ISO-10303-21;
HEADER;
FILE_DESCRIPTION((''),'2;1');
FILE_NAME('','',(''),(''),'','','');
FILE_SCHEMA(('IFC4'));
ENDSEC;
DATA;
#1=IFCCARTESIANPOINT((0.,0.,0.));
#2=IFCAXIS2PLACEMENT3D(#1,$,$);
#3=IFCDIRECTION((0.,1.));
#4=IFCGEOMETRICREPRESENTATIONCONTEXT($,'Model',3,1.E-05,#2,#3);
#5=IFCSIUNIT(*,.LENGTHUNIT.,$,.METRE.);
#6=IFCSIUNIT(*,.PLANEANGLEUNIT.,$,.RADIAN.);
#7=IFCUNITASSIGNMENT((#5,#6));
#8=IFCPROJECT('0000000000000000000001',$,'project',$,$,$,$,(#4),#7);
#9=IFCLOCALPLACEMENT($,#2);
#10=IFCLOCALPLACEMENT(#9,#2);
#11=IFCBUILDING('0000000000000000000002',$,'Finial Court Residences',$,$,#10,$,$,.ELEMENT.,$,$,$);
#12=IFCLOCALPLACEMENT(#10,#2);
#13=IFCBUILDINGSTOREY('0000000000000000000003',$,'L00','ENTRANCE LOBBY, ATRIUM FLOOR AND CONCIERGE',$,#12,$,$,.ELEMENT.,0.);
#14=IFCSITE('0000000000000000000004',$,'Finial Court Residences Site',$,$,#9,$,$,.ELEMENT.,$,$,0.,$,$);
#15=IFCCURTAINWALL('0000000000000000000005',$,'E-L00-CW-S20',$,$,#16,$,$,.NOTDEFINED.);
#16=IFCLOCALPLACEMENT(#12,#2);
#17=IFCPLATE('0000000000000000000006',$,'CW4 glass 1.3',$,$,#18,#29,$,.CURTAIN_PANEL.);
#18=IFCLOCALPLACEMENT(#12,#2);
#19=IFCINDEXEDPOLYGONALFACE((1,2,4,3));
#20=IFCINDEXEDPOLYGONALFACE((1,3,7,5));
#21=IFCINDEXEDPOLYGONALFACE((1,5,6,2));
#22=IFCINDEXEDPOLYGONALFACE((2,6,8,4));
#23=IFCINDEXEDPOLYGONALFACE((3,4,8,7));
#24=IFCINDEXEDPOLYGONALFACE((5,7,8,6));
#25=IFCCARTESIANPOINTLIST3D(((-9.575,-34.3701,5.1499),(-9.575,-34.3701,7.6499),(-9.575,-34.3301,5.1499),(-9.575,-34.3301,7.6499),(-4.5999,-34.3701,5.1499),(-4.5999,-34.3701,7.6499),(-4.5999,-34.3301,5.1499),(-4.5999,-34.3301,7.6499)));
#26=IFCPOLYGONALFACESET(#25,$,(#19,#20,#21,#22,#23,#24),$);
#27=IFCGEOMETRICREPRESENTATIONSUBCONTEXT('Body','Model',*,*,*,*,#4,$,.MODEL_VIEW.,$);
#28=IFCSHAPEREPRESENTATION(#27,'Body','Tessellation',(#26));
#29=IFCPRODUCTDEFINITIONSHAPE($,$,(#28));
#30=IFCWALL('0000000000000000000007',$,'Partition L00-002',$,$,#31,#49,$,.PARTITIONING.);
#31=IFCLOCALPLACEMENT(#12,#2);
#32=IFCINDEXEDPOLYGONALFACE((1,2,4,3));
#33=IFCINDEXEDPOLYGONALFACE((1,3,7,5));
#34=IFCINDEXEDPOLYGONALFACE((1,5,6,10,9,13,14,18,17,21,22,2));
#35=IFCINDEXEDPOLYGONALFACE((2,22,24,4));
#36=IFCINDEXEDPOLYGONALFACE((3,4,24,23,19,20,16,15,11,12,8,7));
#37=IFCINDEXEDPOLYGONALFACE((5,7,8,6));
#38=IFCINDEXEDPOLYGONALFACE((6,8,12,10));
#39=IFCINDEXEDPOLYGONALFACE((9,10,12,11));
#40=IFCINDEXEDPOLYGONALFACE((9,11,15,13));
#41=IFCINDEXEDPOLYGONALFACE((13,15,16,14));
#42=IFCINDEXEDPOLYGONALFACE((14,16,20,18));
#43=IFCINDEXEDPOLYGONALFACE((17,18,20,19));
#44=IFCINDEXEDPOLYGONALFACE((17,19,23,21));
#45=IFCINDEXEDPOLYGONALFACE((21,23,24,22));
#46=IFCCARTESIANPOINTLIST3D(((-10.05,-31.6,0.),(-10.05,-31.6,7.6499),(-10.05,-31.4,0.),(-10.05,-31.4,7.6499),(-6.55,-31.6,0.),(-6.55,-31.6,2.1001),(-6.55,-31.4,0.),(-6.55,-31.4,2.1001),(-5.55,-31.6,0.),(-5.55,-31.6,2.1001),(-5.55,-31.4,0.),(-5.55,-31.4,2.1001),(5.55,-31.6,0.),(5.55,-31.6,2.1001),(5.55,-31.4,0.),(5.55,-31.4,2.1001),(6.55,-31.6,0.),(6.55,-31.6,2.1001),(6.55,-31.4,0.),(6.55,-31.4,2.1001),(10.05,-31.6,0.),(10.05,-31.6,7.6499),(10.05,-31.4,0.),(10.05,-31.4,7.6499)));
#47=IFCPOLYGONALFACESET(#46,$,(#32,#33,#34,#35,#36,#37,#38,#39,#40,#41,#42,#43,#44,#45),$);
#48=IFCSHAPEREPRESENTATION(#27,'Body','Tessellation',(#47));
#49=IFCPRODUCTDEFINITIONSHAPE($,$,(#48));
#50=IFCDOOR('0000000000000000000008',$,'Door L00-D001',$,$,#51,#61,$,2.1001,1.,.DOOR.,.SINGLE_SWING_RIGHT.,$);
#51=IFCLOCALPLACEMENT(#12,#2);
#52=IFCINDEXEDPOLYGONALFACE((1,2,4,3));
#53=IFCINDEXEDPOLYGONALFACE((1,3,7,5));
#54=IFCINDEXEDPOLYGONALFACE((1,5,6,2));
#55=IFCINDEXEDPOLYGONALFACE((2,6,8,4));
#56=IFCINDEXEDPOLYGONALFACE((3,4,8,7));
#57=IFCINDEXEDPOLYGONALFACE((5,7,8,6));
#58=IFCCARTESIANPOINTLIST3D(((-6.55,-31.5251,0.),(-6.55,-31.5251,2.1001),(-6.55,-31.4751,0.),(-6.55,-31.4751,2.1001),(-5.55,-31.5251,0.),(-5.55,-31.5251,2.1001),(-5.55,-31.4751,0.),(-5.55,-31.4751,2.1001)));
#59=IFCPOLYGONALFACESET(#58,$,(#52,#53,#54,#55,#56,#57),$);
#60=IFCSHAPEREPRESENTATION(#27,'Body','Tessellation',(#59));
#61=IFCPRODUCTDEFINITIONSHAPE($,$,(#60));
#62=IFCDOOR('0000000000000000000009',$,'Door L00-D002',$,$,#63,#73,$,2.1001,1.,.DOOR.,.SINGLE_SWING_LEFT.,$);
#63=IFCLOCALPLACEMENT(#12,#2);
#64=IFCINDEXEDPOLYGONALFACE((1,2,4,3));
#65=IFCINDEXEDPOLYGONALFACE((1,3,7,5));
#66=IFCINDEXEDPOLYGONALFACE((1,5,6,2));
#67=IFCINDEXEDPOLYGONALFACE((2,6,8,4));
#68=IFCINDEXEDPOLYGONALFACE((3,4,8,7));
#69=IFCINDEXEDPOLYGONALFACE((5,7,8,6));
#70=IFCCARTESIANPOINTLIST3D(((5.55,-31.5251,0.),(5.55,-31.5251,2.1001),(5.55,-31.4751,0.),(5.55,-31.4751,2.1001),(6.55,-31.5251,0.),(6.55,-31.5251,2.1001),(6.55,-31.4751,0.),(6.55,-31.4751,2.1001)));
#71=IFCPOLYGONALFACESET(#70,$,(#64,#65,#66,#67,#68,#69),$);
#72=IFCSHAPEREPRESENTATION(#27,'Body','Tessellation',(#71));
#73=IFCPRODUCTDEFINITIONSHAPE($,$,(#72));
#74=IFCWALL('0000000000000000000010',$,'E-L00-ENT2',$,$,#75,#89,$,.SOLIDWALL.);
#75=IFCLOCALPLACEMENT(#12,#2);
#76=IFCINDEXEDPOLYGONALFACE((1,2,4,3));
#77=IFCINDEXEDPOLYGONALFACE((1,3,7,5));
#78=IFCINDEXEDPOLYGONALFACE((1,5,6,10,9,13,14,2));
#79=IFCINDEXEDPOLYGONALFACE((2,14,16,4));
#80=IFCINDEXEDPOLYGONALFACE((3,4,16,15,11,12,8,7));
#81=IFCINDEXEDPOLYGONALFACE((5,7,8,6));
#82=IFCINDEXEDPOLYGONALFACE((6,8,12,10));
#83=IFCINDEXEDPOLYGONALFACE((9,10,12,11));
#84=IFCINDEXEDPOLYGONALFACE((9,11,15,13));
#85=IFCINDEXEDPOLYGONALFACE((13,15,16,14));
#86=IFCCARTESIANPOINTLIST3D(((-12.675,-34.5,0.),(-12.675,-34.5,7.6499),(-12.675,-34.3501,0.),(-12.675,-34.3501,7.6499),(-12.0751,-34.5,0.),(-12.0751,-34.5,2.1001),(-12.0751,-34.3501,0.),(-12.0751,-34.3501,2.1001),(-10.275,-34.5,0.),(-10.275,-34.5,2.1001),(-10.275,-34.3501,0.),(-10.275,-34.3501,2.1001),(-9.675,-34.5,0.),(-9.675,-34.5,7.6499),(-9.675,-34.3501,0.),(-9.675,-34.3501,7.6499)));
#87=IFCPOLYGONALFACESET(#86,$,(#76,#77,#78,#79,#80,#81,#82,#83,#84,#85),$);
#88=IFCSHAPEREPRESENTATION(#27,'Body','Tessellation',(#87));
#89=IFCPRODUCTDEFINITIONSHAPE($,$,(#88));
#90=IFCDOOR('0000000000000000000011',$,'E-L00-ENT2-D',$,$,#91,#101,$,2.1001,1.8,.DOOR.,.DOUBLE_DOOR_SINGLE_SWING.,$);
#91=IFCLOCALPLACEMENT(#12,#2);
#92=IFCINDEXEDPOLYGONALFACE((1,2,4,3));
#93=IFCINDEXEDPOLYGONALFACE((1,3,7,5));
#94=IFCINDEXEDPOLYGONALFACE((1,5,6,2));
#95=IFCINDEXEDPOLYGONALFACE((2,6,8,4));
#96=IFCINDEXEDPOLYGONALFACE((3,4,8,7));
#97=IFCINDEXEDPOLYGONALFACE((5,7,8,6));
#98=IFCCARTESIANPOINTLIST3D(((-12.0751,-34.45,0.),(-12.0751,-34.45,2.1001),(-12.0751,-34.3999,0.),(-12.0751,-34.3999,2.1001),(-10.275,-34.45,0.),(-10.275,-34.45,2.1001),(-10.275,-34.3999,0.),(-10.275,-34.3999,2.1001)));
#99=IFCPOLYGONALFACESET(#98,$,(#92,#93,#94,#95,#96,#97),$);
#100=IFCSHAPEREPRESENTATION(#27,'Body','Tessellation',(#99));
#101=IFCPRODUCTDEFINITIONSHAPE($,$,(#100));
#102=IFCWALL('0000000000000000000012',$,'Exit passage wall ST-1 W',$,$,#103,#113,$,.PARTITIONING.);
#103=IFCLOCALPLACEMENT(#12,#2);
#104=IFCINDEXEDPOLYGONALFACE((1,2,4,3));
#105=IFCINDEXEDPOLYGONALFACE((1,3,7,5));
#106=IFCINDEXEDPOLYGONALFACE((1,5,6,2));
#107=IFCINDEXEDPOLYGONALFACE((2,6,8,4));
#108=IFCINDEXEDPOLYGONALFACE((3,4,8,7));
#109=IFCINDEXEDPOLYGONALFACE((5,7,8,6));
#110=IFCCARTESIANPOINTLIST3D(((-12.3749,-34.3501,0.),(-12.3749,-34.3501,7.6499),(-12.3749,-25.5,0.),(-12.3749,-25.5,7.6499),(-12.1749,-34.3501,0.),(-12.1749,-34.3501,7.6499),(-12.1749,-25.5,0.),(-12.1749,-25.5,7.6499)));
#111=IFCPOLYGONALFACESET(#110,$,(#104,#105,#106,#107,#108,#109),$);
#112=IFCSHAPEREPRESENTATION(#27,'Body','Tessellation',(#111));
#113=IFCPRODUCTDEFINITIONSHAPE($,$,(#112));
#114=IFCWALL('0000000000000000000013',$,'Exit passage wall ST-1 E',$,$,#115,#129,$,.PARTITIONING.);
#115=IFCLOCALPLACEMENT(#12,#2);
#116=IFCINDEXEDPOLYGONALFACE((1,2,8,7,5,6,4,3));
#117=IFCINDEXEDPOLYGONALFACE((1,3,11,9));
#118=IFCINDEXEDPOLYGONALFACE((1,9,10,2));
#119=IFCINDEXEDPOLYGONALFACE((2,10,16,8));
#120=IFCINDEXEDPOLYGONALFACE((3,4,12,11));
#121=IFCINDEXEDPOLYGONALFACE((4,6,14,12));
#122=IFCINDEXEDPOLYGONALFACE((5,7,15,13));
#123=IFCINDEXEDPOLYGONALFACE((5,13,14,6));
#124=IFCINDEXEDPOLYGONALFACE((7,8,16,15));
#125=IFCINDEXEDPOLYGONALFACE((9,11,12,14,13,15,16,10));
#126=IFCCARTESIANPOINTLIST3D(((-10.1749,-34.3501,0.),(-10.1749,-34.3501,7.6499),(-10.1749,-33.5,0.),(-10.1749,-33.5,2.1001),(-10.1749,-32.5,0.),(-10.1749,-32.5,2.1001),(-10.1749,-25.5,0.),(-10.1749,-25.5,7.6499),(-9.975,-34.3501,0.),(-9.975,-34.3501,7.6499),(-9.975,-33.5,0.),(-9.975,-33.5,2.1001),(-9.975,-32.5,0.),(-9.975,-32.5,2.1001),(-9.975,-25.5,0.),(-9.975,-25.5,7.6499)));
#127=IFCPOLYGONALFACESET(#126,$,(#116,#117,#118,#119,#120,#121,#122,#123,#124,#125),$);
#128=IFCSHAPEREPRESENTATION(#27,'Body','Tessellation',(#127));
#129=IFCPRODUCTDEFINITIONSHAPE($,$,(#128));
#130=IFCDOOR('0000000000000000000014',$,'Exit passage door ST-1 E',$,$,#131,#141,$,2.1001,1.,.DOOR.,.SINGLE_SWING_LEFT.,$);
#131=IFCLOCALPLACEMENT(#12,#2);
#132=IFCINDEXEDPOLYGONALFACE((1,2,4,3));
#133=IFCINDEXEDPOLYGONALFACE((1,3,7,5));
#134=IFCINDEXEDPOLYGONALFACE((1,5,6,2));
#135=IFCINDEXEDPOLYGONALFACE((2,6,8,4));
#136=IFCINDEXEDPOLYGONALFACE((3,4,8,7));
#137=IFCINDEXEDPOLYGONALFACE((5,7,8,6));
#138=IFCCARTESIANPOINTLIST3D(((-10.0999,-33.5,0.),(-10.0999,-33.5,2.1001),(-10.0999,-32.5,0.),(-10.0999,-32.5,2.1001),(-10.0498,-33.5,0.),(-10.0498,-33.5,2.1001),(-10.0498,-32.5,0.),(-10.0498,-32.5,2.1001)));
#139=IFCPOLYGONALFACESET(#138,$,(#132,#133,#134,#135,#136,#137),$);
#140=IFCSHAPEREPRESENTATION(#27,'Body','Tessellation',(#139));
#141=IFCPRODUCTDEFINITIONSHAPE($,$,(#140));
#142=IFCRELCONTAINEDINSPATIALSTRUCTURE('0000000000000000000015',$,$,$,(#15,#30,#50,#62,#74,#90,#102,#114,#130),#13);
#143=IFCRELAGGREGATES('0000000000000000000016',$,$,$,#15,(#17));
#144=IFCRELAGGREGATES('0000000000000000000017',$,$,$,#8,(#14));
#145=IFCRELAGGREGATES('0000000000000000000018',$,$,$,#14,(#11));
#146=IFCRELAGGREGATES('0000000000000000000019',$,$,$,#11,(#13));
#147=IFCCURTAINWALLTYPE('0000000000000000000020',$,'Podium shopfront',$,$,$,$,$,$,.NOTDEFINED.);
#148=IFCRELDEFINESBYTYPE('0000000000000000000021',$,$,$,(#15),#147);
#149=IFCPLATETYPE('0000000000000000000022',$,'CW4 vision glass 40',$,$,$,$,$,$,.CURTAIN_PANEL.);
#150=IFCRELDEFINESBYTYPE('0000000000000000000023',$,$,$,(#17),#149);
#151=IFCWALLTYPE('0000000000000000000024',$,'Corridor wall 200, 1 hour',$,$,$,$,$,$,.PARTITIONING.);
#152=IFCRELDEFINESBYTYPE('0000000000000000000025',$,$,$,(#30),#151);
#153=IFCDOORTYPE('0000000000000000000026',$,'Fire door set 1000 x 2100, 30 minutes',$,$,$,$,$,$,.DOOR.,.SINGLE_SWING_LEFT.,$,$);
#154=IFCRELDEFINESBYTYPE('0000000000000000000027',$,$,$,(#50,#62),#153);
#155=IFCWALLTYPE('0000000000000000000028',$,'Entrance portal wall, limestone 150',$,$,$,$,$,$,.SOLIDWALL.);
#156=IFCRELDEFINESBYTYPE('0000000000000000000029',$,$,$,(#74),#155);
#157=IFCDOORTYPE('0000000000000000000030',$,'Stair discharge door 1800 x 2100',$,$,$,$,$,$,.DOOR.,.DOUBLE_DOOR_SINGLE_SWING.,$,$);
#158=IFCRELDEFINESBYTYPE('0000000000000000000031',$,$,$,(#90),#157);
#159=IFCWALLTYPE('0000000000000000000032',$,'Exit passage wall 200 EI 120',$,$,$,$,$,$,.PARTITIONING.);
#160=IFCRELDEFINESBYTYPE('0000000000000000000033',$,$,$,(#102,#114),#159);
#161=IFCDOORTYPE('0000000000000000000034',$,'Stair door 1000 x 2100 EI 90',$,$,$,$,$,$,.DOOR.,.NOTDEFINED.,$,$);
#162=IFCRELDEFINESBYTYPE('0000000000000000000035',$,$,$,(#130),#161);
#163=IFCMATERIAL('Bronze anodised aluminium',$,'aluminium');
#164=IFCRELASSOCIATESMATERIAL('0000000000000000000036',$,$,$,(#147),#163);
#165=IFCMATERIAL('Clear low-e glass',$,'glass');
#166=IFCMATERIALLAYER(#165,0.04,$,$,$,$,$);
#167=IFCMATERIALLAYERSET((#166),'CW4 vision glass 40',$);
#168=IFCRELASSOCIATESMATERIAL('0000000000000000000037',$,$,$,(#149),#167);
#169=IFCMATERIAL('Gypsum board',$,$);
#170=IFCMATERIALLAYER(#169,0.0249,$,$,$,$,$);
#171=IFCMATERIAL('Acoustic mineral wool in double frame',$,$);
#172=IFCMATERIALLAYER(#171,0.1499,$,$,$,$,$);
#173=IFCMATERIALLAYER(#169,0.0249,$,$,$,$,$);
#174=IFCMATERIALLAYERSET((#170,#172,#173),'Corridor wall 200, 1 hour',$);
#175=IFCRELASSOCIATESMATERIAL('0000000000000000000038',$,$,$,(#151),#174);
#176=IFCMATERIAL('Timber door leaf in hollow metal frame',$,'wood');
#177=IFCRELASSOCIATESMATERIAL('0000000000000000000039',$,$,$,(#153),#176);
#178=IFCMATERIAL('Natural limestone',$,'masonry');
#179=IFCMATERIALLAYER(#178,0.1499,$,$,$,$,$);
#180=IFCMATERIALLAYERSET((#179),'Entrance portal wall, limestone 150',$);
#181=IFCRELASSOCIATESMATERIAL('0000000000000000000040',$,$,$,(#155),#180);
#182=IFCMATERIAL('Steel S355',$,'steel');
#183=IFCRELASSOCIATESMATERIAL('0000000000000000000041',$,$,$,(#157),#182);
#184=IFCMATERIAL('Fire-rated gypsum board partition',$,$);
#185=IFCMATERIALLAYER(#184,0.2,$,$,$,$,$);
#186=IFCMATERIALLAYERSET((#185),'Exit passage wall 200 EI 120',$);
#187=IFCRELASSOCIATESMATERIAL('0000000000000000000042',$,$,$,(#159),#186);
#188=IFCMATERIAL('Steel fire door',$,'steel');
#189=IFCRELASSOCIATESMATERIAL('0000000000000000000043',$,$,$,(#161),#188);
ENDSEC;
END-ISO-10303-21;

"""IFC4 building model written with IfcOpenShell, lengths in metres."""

from ifc_helpers import new_model, si_unit, direction, frame, frame_2d, origin, origin_2d, place, context, subcontext, project, spatial, rectangle, extrude, material, layer, layer_set, type_object, element, fill, aggregate, save


model = new_model("IFC4")

# Units and contexts
model_context = context("Model", 3, precision=1e-05, world=origin(), true_north=direction((0.0, 1.0)))
body_context = subcontext(model_context, "Body", "Model", "MODEL_VIEW")
ifc_project = project(units=[si_unit("LENGTHUNIT", "METRE"), si_unit("PLANEANGLEUNIT", "RADIAN")], contexts=[model_context])

# Site, building, storey
site_placement = place(None, origin())
site = spatial("IfcSite", under=ifc_project, at=site_placement, Name="Finial Court Residences Site", CompositionType="ELEMENT", RefElevation=0.0)
building_placement = place(site_placement, origin())
building = spatial("IfcBuilding", under=site, at=building_placement, Name="Finial Court Residences", CompositionType="ELEMENT")
storey_placement = place(building_placement, origin())
storey = spatial("IfcBuildingStorey", under=building, at=storey_placement, Name="L00", Description="ENTRANCE LOBBY, ATRIUM FLOOR AND CONCIERGE", CompositionType="ELEMENT", Elevation=0.0)

# Shared definitions
ifc_material_1 = material(Name="Bronze anodised aluminium", Category="aluminium")
curtain_wall_type = type_object("IfcCurtainWallType", Name="Podium shopfront", PredefinedType="NOTDEFINED", material=ifc_material_1)

# Curtain wall
curtain_wall_1_placement = place(storey_placement, origin())
curtain_wall_1 = element("IfcCurtainWall", 1, at=curtain_wall_1_placement, inside=storey, type_object=curtain_wall_type, Name="E-L00-CW-S20", PredefinedType="NOTDEFINED")

# Plate
ifc_material_2 = material(Name="Clear low-e glass", Category="glass")
ifc_layer_1 = layer(ifc_material_2, 0.04)
ifc_layer_set_1 = layer_set([ifc_layer_1], Name="CW4 vision glass 40")
plate_type = type_object("IfcPlateType", Name="CW4 vision glass 40", PredefinedType="CURTAIN_PANEL", material=ifc_layer_set_1)
plate_1_placement = place(storey_placement, frame((-7.0874, -34.3501, 5.1499), z_axis=(0.0, 0.0, 1.0), x_axis=(1.0, 0.0, 0.0)))
plate_1 = element("IfcPlate", 2, at=plate_1_placement, type_object=plate_type, Name="CW4 glass 1.3", PredefinedType="CURTAIN_PANEL", context=body_context, shape_type="SweptSolid", body=[
    extrude(rectangle(XDim=4.9751, YDim=0.04, at=origin_2d()), origin(), (0.0, 0.0, 1.0), 2.5),
])
aggregate(curtain_wall_1, [plate_1])

# Wall, openings, doors
ifc_material_3 = material(Name="Gypsum board")
ifc_layer_2 = layer(ifc_material_3, 0.0249)
ifc_material_4 = material(Name="Acoustic mineral wool in double frame")
ifc_layer_3 = layer(ifc_material_4, 0.1499)
ifc_layer_4 = layer(ifc_material_3, 0.0249)
ifc_layer_set_2 = layer_set([ifc_layer_2, ifc_layer_3, ifc_layer_4], Name="Corridor wall 200, 1 hour")
wall_type_1 = type_object("IfcWallType", Name="Corridor wall 200, 1 hour", PredefinedType="PARTITIONING", material=ifc_layer_set_2)
wall_1_placement = place(storey_placement, frame((-10.05, -31.5, 0.0), z_axis=(0.0, 0.0, 1.0), x_axis=(1.0, 0.0, 0.0)))
wall_1 = element("IfcWall", 3, at=wall_1_placement, inside=storey, type_object=wall_type_1, Name="Partition L00-002", PredefinedType="PARTITIONING", context=body_context, shape_type="SweptSolid", body=[
    extrude(rectangle(XDim=20.1001, YDim=0.2, at=frame_2d((10.05, 0.0))), origin(), (0.0, 0.0, 1.0), 7.6499),
])
opening_1_placement = place(wall_1_placement, frame((3.5, 0.0, 0.0)))
opening_1 = element("IfcOpeningElement", 4, at=opening_1_placement, cuts=wall_1, PredefinedType="OPENING", context=body_context, shape_type="SweptSolid", body=[
    extrude(rectangle(XDim=1.0, YDim=2.1001, at=frame_2d((0.5, 1.05))), frame((0.0, 0.1099, 0.0), z_axis=(0.0, -1.0, 0.0), x_axis=(1.0, 0.0, 0.0)), (0.0, 0.0, 1.0), 0.22),
])
opening_2_placement = place(wall_1_placement, frame((15.6001, 0.0, 0.0)))
opening_2 = element("IfcOpeningElement", 5, at=opening_2_placement, cuts=wall_1, PredefinedType="OPENING", context=body_context, shape_type="SweptSolid", body=[
    extrude(rectangle(XDim=1.0, YDim=2.1001, at=frame_2d((0.5, 1.05))), frame((0.0, 0.1099, 0.0), z_axis=(0.0, -1.0, 0.0), x_axis=(1.0, 0.0, 0.0)), (0.0, 0.0, 1.0), 0.22),
])
ifc_material_5 = material(Name="Timber door leaf in hollow metal frame", Category="wood")
door_type_1 = type_object("IfcDoorType", Name="Fire door set 1000 x 2100, 30 minutes", OperationType="SINGLE_SWING_LEFT", PredefinedType="DOOR", material=ifc_material_5)
door_1_placement = place(opening_1_placement, origin())
door_1 = element("IfcDoor", 6, at=door_1_placement, inside=storey, type_object=door_type_1, Name="Door L00-D001", OperationType="SINGLE_SWING_RIGHT", OverallHeight=2.1001, OverallWidth=1.0, PredefinedType="DOOR", context=body_context, shape_type="SweptSolid", body=[
    extrude(rectangle(XDim=1.0, YDim=2.1001, at=frame_2d((0.5, 1.05))), frame((0.0, 0.0249, 0.0), z_axis=(0.0, -1.0, 0.0), x_axis=(1.0, 0.0, 0.0)), (0.0, 0.0, 1.0), 0.05),
])
fill(opening_1, door_1)
door_2_placement = place(opening_2_placement, origin())
door_2 = element("IfcDoor", 7, at=door_2_placement, inside=storey, type_object=door_type_1, Name="Door L00-D002", OperationType="SINGLE_SWING_LEFT", OverallHeight=2.1001, OverallWidth=1.0, PredefinedType="DOOR", context=body_context, shape_type="SweptSolid", body=[
    extrude(rectangle(XDim=1.0, YDim=2.1001, at=frame_2d((0.5, 1.05))), frame((0.0, 0.0249, 0.0), z_axis=(0.0, -1.0, 0.0), x_axis=(1.0, 0.0, 0.0)), (0.0, 0.0, 1.0), 0.05),
])
fill(opening_2, door_2)

# Wall, opening, door
ifc_material_6 = material(Name="Natural limestone", Category="masonry")
ifc_layer_5 = layer(ifc_material_6, 0.1499)
ifc_layer_set_3 = layer_set([ifc_layer_5], Name="Entrance portal wall, limestone 150")
wall_type_2 = type_object("IfcWallType", Name="Entrance portal wall, limestone 150", PredefinedType="SOLIDWALL", material=ifc_layer_set_3)
wall_2_placement = place(storey_placement, frame((-9.675, -34.425, 0.0), z_axis=(0.0, 0.0, 1.0), x_axis=(-1.0, 0.0, 0.0)))
wall_2 = element("IfcWall", 8, at=wall_2_placement, inside=storey, type_object=wall_type_2, Name="E-L00-ENT2", PredefinedType="SOLIDWALL", context=body_context, shape_type="SweptSolid", body=[
    extrude(rectangle(XDim=3.0, YDim=0.1499, at=frame_2d((1.5, 0.0))), origin(), (0.0, 0.0, 1.0), 7.6499),
])
opening_3_placement = place(wall_2_placement, frame((0.6001, 0.0, 0.0)))
opening_3 = element("IfcOpeningElement", 9, at=opening_3_placement, cuts=wall_2, PredefinedType="OPENING", context=body_context, shape_type="SweptSolid", body=[
    extrude(rectangle(XDim=1.8, YDim=2.1001, at=frame_2d((0.8999, 1.05))), frame((0.0, 0.085, 0.0), z_axis=(0.0, -1.0, 0.0), x_axis=(1.0, 0.0, 0.0)), (0.0, 0.0, 1.0), 0.1699),
])
ifc_material_7 = material(Name="Steel S355", Category="steel")
door_type_2 = type_object("IfcDoorType", Name="Stair discharge door 1800 x 2100", OperationType="DOUBLE_DOOR_SINGLE_SWING", PredefinedType="DOOR", material=ifc_material_7)
door_3_placement = place(opening_3_placement, origin())
door_3 = element("IfcDoor", 10, at=door_3_placement, inside=storey, type_object=door_type_2, Name="E-L00-ENT2-D", OperationType="DOUBLE_DOOR_SINGLE_SWING", OverallHeight=2.1001, OverallWidth=1.8, PredefinedType="DOOR", context=body_context, shape_type="SweptSolid", body=[
    extrude(rectangle(XDim=1.8, YDim=2.1001, at=frame_2d((0.8999, 1.05))), frame((0.0, 0.0249, 0.0), z_axis=(0.0, -1.0, 0.0), x_axis=(1.0, 0.0, 0.0)), (0.0, 0.0, 1.0), 0.05),
])
fill(opening_3, door_3)

# Wall
ifc_material_8 = material(Name="Fire-rated gypsum board partition")
ifc_layer_6 = layer(ifc_material_8, 0.2)
ifc_layer_set_4 = layer_set([ifc_layer_6], Name="Exit passage wall 200 EI 120")
wall_type_3 = type_object("IfcWallType", Name="Exit passage wall 200 EI 120", PredefinedType="PARTITIONING", material=ifc_layer_set_4)
wall_3_placement = place(storey_placement, frame((-12.2749, -25.5, 0.0), z_axis=(0.0, 0.0, 1.0), x_axis=(0.0, -1.0, 0.0)))
element("IfcWall", 11, at=wall_3_placement, inside=storey, type_object=wall_type_3, Name="Exit passage wall ST-1 W", PredefinedType="PARTITIONING", context=body_context, shape_type="SweptSolid", body=[
    extrude(rectangle(XDim=8.8501, YDim=0.2, at=frame_2d((4.425, 0.0))), origin(), (0.0, 0.0, 1.0), 7.6499),
])

# Wall, opening, door
wall_4_placement = place(storey_placement, frame((-10.075, -34.3501, 0.0), z_axis=(0.0, 0.0, 1.0), x_axis=(0.0, 1.0, 0.0)))
wall_4 = element("IfcWall", 12, at=wall_4_placement, inside=storey, type_object=wall_type_3, Name="Exit passage wall ST-1 E", PredefinedType="PARTITIONING", context=body_context, shape_type="SweptSolid", body=[
    extrude(rectangle(XDim=8.8501, YDim=0.2, at=frame_2d((4.425, 0.0))), origin(), (0.0, 0.0, 1.0), 7.6499),
])
opening_4_placement = place(wall_4_placement, frame((0.8501, 0.0, 0.0)))
opening_4 = element("IfcOpeningElement", 13, at=opening_4_placement, cuts=wall_4, PredefinedType="OPENING", context=body_context, shape_type="SweptSolid", body=[
    extrude(rectangle(XDim=1.0, YDim=2.1001, at=frame_2d((0.5, 1.05))), frame((0.0, 0.1099, 0.0), z_axis=(0.0, -1.0, 0.0), x_axis=(1.0, 0.0, 0.0)), (0.0, 0.0, 1.0), 0.22),
])
ifc_material_9 = material(Name="Steel fire door", Category="steel")
door_type_3 = type_object("IfcDoorType", Name="Stair door 1000 x 2100 EI 90", OperationType="NOTDEFINED", PredefinedType="DOOR", material=ifc_material_9)
door_4_placement = place(opening_4_placement, origin())
door_4 = element("IfcDoor", 14, at=door_4_placement, inside=storey, type_object=door_type_3, Name="Exit passage door ST-1 E", OperationType="SINGLE_SWING_LEFT", OverallHeight=2.1001, OverallWidth=1.0, PredefinedType="DOOR", context=body_context, shape_type="SweptSolid", body=[
    extrude(rectangle(XDim=1.0, YDim=2.1001, at=frame_2d((0.5, 1.05))), frame((0.0, 0.0249, 0.0), z_axis=(0.0, -1.0, 0.0), x_axis=(1.0, 0.0, 0.0)), (0.0, 0.0, 1.0), 0.05),
])
fill(opening_4, door_4)

save(model, "model.ifc")
